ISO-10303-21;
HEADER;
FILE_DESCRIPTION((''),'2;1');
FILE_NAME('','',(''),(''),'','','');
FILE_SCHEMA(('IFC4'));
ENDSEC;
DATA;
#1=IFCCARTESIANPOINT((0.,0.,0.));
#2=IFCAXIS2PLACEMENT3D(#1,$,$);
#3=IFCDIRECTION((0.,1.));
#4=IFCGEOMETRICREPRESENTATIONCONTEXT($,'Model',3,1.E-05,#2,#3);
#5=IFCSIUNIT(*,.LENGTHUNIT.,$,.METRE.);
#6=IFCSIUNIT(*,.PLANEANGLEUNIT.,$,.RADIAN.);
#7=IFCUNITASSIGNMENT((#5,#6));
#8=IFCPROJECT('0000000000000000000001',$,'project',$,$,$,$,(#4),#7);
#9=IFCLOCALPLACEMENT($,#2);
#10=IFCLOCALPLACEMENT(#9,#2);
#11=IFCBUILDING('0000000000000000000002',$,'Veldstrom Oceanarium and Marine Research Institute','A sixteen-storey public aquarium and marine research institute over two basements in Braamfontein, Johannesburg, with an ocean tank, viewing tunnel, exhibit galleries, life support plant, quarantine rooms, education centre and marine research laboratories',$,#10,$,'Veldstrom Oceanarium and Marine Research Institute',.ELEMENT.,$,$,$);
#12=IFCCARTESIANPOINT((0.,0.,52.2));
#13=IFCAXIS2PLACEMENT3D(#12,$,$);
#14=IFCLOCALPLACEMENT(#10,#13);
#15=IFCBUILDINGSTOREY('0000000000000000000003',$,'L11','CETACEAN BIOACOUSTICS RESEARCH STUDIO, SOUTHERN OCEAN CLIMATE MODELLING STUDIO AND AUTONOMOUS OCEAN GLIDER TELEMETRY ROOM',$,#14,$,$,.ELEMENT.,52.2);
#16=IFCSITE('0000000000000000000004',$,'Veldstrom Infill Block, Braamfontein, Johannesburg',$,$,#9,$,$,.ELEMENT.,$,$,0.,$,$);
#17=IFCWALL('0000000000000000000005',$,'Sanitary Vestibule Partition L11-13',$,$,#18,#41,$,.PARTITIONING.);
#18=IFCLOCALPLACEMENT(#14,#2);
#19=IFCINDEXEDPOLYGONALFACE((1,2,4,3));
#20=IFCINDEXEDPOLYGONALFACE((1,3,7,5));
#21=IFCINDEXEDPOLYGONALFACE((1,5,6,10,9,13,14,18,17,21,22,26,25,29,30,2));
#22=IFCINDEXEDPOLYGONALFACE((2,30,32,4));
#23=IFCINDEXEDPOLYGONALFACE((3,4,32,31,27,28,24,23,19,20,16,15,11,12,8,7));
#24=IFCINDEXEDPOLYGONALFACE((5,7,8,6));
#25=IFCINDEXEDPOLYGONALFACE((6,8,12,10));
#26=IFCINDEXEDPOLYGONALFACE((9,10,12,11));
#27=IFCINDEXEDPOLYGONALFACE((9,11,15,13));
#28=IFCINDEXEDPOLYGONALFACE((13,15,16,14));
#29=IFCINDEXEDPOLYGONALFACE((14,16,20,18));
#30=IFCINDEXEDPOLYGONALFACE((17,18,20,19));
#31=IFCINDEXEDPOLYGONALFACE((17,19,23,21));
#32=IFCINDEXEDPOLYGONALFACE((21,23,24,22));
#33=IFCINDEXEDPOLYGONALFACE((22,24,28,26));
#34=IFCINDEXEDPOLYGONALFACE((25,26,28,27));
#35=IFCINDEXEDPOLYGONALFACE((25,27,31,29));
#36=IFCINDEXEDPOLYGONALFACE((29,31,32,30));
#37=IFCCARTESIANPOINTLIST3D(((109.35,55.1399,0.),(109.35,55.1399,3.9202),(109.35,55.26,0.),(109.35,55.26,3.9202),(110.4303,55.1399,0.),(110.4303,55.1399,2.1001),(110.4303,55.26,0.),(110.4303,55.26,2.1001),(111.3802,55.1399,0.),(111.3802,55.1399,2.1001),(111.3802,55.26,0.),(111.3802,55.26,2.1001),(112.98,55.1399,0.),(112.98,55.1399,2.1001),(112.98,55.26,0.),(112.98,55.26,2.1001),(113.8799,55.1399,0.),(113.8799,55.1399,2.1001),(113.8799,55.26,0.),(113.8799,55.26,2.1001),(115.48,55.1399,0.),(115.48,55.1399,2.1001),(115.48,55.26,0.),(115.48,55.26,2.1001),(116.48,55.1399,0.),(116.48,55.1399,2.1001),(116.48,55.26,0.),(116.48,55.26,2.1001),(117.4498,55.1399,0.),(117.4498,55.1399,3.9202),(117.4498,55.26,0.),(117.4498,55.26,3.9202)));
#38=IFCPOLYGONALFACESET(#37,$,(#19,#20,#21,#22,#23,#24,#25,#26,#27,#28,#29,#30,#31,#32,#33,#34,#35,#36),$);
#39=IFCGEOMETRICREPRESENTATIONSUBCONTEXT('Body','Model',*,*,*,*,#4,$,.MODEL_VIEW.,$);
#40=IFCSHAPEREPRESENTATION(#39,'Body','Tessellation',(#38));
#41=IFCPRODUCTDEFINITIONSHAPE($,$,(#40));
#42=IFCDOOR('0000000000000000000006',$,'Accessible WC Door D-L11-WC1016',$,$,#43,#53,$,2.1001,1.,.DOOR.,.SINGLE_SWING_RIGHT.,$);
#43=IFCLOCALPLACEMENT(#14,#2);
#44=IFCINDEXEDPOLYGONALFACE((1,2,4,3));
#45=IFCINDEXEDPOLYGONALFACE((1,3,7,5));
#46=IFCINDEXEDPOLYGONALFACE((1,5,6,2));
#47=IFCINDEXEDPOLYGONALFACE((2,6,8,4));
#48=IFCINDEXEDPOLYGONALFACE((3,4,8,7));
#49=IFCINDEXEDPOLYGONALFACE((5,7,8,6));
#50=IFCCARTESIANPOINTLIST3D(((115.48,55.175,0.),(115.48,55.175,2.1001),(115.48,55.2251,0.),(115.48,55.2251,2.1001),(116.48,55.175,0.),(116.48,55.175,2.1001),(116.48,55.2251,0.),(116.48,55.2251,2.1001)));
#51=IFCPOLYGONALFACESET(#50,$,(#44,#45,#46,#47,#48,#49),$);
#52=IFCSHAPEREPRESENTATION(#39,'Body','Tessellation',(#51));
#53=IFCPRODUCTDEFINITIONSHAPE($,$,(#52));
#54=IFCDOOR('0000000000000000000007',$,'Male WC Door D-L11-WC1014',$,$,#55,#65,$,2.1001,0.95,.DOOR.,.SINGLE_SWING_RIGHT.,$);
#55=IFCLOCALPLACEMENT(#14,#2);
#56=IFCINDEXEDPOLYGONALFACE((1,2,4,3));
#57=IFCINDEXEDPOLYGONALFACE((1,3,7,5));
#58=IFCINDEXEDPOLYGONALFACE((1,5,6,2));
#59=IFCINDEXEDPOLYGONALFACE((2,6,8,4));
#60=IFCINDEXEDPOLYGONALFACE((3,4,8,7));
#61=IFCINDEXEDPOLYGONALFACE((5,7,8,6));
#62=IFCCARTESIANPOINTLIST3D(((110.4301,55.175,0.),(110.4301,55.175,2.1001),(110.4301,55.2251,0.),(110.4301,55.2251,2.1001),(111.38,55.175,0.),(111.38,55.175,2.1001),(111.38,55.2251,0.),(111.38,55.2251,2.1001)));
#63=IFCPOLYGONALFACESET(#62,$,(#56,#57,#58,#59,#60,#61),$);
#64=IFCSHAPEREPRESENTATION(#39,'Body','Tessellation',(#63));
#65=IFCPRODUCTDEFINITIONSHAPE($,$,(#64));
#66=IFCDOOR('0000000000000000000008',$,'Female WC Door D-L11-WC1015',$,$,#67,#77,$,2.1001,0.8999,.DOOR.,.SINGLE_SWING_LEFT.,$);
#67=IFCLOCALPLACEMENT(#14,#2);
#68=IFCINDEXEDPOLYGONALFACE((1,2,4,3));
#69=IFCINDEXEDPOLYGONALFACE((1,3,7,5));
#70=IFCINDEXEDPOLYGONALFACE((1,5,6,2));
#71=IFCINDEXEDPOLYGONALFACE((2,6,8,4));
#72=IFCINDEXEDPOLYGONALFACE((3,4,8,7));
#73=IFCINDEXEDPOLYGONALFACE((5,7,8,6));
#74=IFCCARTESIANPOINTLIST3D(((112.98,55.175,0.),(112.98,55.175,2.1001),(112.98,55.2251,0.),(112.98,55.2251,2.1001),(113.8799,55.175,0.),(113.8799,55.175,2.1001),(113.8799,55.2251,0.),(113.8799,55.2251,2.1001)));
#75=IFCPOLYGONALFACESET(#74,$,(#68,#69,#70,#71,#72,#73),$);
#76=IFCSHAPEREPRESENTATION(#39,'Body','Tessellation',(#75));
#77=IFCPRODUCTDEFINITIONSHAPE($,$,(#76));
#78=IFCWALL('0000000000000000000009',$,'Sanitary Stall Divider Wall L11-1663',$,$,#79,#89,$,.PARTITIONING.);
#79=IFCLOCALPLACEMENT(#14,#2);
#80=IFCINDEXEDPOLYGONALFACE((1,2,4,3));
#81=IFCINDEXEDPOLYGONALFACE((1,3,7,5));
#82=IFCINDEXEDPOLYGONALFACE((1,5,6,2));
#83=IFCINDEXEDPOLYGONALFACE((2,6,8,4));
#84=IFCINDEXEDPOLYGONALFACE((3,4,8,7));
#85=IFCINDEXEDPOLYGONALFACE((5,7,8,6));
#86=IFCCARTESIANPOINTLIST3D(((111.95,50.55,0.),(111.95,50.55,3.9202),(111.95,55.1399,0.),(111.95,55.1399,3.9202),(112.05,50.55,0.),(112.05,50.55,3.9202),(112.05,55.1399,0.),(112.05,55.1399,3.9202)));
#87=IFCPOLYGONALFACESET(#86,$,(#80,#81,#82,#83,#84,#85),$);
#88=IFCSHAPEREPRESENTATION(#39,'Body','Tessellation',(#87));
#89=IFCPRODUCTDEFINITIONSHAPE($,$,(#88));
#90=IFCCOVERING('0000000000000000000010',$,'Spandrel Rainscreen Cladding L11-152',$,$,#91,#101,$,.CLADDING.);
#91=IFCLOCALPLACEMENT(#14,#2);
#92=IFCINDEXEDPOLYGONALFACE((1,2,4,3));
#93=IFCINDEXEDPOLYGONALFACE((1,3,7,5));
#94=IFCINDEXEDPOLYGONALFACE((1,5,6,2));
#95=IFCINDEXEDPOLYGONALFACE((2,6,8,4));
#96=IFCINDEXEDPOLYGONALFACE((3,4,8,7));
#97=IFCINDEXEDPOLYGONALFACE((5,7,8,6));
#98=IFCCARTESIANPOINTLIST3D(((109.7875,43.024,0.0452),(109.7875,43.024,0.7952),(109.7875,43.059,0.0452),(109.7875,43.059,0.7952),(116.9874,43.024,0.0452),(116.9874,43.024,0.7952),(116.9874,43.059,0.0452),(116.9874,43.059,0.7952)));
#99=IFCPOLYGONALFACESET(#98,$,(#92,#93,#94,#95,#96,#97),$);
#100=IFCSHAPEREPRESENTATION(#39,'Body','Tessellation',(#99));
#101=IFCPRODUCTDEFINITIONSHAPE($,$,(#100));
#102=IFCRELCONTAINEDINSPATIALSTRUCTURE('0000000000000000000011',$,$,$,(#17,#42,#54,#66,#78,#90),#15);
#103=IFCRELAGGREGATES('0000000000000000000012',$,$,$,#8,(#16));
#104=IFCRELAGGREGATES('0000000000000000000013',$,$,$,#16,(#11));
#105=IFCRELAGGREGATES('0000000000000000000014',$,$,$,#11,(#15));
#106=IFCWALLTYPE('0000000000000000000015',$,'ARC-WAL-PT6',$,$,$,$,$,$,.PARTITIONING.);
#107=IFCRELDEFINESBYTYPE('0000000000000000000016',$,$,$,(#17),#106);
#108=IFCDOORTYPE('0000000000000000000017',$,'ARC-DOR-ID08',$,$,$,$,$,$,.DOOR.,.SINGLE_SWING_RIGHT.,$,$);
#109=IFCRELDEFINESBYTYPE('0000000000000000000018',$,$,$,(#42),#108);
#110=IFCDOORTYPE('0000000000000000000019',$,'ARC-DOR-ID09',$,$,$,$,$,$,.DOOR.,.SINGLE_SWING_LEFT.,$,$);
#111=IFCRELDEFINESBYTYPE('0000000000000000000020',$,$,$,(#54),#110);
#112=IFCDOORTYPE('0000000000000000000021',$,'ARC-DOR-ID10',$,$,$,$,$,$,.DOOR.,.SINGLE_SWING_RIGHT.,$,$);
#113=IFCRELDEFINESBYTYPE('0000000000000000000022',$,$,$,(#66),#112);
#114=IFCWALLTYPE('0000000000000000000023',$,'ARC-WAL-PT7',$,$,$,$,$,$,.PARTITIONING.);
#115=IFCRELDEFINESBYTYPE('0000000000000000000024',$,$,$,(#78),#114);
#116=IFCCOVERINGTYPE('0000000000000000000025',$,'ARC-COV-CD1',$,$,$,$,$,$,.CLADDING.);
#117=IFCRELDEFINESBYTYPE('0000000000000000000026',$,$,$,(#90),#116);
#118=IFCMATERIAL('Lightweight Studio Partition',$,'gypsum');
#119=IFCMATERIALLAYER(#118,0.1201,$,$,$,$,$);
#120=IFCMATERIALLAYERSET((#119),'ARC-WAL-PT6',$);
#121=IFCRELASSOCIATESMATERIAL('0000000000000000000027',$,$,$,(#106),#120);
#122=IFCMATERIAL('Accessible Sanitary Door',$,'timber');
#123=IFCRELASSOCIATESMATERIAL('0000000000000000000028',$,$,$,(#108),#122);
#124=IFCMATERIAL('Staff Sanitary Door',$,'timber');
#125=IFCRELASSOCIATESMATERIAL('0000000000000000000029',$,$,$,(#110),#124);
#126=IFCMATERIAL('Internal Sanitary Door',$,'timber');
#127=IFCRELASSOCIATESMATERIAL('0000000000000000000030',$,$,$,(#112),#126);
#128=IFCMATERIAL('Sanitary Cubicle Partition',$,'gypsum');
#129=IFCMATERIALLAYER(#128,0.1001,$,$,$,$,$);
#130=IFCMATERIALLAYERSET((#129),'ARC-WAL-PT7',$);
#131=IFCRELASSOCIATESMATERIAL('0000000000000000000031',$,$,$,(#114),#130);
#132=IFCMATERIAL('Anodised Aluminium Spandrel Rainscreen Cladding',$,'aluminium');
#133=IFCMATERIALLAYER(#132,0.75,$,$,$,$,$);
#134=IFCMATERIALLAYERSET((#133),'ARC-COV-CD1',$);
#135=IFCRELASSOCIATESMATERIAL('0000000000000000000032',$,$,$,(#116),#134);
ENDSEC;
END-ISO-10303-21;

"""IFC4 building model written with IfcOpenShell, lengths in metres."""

from ifc_helpers import new_model, si_unit, direction, frame, frame_2d, origin, origin_2d, place, context, subcontext, project, spatial, rectangle, extrude, material, layer, layer_set, type_object, element, fill, save


model = new_model("IFC4")

# Units and contexts
model_context = context("Model", 3, precision=1e-05, world=origin(), true_north=direction((0.0, 1.0)))
body_context = subcontext(model_context, "Body", "Model", "MODEL_VIEW")
ifc_project = project(units=[si_unit("LENGTHUNIT", "METRE"), si_unit("PLANEANGLEUNIT", "RADIAN")], contexts=[model_context])

# Site, building, storey
site_placement = place(None, origin())
site = spatial("IfcSite", under=ifc_project, at=site_placement, Name="Veldstrom Infill Block, Braamfontein, Johannesburg", CompositionType="ELEMENT", RefElevation=0.0)
building_placement = place(site_placement, origin())
building = spatial("IfcBuilding", under=site, at=building_placement, Name="Veldstrom Oceanarium and Marine Research Institute", Description="A sixteen-storey public aquarium and marine research institute over two basements in Braamfontein, Johannesburg, with an ocean tank, viewing tunnel, exhibit galleries, life support plant, quarantine rooms, education centre and marine research laboratories", LongName="Veldstrom Oceanarium and Marine Research Institute", CompositionType="ELEMENT")
storey_placement = place(building_placement, frame((0.0, 0.0, 52.2)))
storey = spatial("IfcBuildingStorey", under=building, at=storey_placement, Name="L11", Description="CETACEAN BIOACOUSTICS RESEARCH STUDIO, SOUTHERN OCEAN CLIMATE MODELLING STUDIO AND AUTONOMOUS OCEAN GLIDER TELEMETRY ROOM", CompositionType="ELEMENT", Elevation=52.2)

# Wall, openings, doors
ifc_material_1 = material(Name="Lightweight Studio Partition", Category="gypsum")
ifc_layer_1 = layer(ifc_material_1, 0.1201)
ifc_layer_set_1 = layer_set([ifc_layer_1], Name="ARC-WAL-PT6")
wall_type_1 = type_object("IfcWallType", Name="ARC-WAL-PT6", PredefinedType="PARTITIONING", material=ifc_layer_set_1)
wall_1_placement = place(storey_placement, frame((109.3501, 55.2, 0.0), z_axis=(0.0, 0.0, 1.0), x_axis=(1.0, 0.0, 0.0)))
wall_1 = element("IfcWall", 1, at=wall_1_placement, inside=storey, type_object=wall_type_1, Name="Sanitary Vestibule Partition L11-13", PredefinedType="PARTITIONING", context=body_context, shape_type="SweptSolid", body=[
    extrude(rectangle(XDim=8.0999, YDim=0.1201, at=frame_2d((4.0498, 0.0))), origin(), (0.0, 0.0, 1.0), 3.9202),
])
opening_1_placement = place(wall_1_placement, frame((1.0801, 0.0, 0.0)))
opening_1 = element("IfcOpeningElement", 2, at=opening_1_placement, cuts=wall_1, PredefinedType="OPENING", context=body_context, shape_type="SweptSolid", body=[
    extrude(rectangle(XDim=0.95, YDim=2.1001, at=frame_2d((0.4751, 1.05))), frame((0.0, 0.0701, 0.0), z_axis=(0.0, -1.0, 0.0), x_axis=(1.0, 0.0, 0.0)), (0.0, 0.0, 1.0), 0.1401),
])
opening_2_placement = place(wall_1_placement, frame((3.6299, 0.0, 0.0)))
opening_2 = element("IfcOpeningElement", 3, at=opening_2_placement, cuts=wall_1, PredefinedType="OPENING", context=body_context, shape_type="SweptSolid", body=[
    extrude(rectangle(XDim=0.8999, YDim=2.1001, at=frame_2d((0.45, 1.05))), frame((0.0, 0.0701, 0.0), z_axis=(0.0, -1.0, 0.0), x_axis=(1.0, 0.0, 0.0)), (0.0, 0.0, 1.0), 0.1401),
])
opening_3_placement = place(wall_1_placement, frame((6.1299, 0.0, 0.0)))
opening_3 = element("IfcOpeningElement", 4, at=opening_3_placement, cuts=wall_1, PredefinedType="OPENING", context=body_context, shape_type="SweptSolid", body=[
    extrude(rectangle(XDim=1.0, YDim=2.1001, at=frame_2d((0.5, 1.05))), frame((0.0, 0.0701, 0.0), z_axis=(0.0, -1.0, 0.0), x_axis=(1.0, 0.0, 0.0)), (0.0, 0.0, 1.0), 0.1401),
])
ifc_material_2 = material(Name="Accessible Sanitary Door", Category="timber")
door_type_1 = type_object("IfcDoorType", Name="ARC-DOR-ID08", OperationType="SINGLE_SWING_RIGHT", PredefinedType="DOOR", material=ifc_material_2)
door_1_placement = place(opening_3_placement, frame((1.0, 0.0, 0.0), z_axis=(0.0, 0.0, 1.0), x_axis=(-1.0, 0.0, 0.0)))
door_1 = element("IfcDoor", 5, at=door_1_placement, inside=storey, type_object=door_type_1, Name="Accessible WC Door D-L11-WC1016", OperationType="SINGLE_SWING_RIGHT", OverallHeight=2.1001, OverallWidth=1.0, PredefinedType="DOOR", context=body_context, shape_type="SweptSolid", body=[
    extrude(rectangle(XDim=1.0, YDim=2.1001, at=frame_2d((0.5, 1.05))), frame((0.0, 0.0249, 0.0), z_axis=(0.0, -1.0, 0.0), x_axis=(1.0, 0.0, 0.0)), (0.0, 0.0, 1.0), 0.05),
])
fill(opening_3, door_1)
ifc_material_3 = material(Name="Staff Sanitary Door", Category="timber")
door_type_2 = type_object("IfcDoorType", Name="ARC-DOR-ID09", OperationType="SINGLE_SWING_LEFT", PredefinedType="DOOR", material=ifc_material_3)
door_2_placement = place(opening_1_placement, frame((0.95, 0.0, 0.0), z_axis=(0.0, 0.0, 1.0), x_axis=(-1.0, 0.0, 0.0)))
door_2 = element("IfcDoor", 6, at=door_2_placement, inside=storey, type_object=door_type_2, Name="Male WC Door D-L11-WC1014", OperationType="SINGLE_SWING_RIGHT", OverallHeight=2.1001, OverallWidth=0.95, PredefinedType="DOOR", context=body_context, shape_type="SweptSolid", body=[
    extrude(rectangle(XDim=0.95, YDim=2.1001, at=frame_2d((0.4751, 1.05))), frame((0.0, 0.0249, 0.0), z_axis=(0.0, -1.0, 0.0), x_axis=(1.0, 0.0, 0.0)), (0.0, 0.0, 1.0), 0.05),
])
fill(opening_1, door_2)
ifc_material_4 = material(Name="Internal Sanitary Door", Category="timber")
door_type_3 = type_object("IfcDoorType", Name="ARC-DOR-ID10", OperationType="SINGLE_SWING_RIGHT", PredefinedType="DOOR", material=ifc_material_4)
door_3_placement = place(opening_2_placement, frame((0.8999, 0.0, 0.0), z_axis=(0.0, 0.0, 1.0), x_axis=(-1.0, 0.0, 0.0)))
door_3 = element("IfcDoor", 7, at=door_3_placement, inside=storey, type_object=door_type_3, Name="Female WC Door D-L11-WC1015", OperationType="SINGLE_SWING_LEFT", OverallHeight=2.1001, OverallWidth=0.8999, PredefinedType="DOOR", context=body_context, shape_type="SweptSolid", body=[
    extrude(rectangle(XDim=0.8999, YDim=2.1001, at=frame_2d((0.45, 1.05))), frame((0.0, 0.0249, 0.0), z_axis=(0.0, -1.0, 0.0), x_axis=(1.0, 0.0, 0.0)), (0.0, 0.0, 1.0), 0.05),
])
fill(opening_2, door_3)

# Wall
ifc_material_5 = material(Name="Sanitary Cubicle Partition", Category="gypsum")
ifc_layer_2 = layer(ifc_material_5, 0.1001)
ifc_layer_set_2 = layer_set([ifc_layer_2], Name="ARC-WAL-PT7")
wall_type_2 = type_object("IfcWallType", Name="ARC-WAL-PT7", PredefinedType="PARTITIONING", material=ifc_layer_set_2)
wall_2_placement = place(storey_placement, frame((112.0, 50.55, 0.0), z_axis=(0.0, 0.0, 1.0), x_axis=(0.0, 1.0, 0.0)))
element("IfcWall", 8, at=wall_2_placement, inside=storey, type_object=wall_type_2, Name="Sanitary Stall Divider Wall L11-1663", PredefinedType="PARTITIONING", context=body_context, shape_type="SweptSolid", body=[
    extrude(rectangle(XDim=4.5898, YDim=0.1001, at=frame_2d((2.2949, 0.0))), origin(), (0.0, 0.0, 1.0), 3.9202),
])

# Covering
ifc_material_6 = material(Name="Anodised Aluminium Spandrel Rainscreen Cladding", Category="aluminium")
ifc_layer_3 = layer(ifc_material_6, 0.75)
ifc_layer_set_3 = layer_set([ifc_layer_3], Name="ARC-COV-CD1")
covering_type = type_object("IfcCoveringType", Name="ARC-COV-CD1", PredefinedType="CLADDING", material=ifc_layer_set_3)
covering_placement = place(storey_placement, frame((113.3875, 43.0415, 0.0452), z_axis=(0.0, 0.0, 1.0), x_axis=(1.0, 0.0, 0.0)))
element("IfcCovering", 9, at=covering_placement, inside=storey, type_object=covering_type, Name="Spandrel Rainscreen Cladding L11-152", PredefinedType="CLADDING", context=body_context, shape_type="SweptSolid", body=[
    extrude(rectangle(XDim=7.2, YDim=0.0349, at=origin_2d()), origin(), (0.0, 0.0, 1.0), 0.75),
])

save(model, "model.ifc")
